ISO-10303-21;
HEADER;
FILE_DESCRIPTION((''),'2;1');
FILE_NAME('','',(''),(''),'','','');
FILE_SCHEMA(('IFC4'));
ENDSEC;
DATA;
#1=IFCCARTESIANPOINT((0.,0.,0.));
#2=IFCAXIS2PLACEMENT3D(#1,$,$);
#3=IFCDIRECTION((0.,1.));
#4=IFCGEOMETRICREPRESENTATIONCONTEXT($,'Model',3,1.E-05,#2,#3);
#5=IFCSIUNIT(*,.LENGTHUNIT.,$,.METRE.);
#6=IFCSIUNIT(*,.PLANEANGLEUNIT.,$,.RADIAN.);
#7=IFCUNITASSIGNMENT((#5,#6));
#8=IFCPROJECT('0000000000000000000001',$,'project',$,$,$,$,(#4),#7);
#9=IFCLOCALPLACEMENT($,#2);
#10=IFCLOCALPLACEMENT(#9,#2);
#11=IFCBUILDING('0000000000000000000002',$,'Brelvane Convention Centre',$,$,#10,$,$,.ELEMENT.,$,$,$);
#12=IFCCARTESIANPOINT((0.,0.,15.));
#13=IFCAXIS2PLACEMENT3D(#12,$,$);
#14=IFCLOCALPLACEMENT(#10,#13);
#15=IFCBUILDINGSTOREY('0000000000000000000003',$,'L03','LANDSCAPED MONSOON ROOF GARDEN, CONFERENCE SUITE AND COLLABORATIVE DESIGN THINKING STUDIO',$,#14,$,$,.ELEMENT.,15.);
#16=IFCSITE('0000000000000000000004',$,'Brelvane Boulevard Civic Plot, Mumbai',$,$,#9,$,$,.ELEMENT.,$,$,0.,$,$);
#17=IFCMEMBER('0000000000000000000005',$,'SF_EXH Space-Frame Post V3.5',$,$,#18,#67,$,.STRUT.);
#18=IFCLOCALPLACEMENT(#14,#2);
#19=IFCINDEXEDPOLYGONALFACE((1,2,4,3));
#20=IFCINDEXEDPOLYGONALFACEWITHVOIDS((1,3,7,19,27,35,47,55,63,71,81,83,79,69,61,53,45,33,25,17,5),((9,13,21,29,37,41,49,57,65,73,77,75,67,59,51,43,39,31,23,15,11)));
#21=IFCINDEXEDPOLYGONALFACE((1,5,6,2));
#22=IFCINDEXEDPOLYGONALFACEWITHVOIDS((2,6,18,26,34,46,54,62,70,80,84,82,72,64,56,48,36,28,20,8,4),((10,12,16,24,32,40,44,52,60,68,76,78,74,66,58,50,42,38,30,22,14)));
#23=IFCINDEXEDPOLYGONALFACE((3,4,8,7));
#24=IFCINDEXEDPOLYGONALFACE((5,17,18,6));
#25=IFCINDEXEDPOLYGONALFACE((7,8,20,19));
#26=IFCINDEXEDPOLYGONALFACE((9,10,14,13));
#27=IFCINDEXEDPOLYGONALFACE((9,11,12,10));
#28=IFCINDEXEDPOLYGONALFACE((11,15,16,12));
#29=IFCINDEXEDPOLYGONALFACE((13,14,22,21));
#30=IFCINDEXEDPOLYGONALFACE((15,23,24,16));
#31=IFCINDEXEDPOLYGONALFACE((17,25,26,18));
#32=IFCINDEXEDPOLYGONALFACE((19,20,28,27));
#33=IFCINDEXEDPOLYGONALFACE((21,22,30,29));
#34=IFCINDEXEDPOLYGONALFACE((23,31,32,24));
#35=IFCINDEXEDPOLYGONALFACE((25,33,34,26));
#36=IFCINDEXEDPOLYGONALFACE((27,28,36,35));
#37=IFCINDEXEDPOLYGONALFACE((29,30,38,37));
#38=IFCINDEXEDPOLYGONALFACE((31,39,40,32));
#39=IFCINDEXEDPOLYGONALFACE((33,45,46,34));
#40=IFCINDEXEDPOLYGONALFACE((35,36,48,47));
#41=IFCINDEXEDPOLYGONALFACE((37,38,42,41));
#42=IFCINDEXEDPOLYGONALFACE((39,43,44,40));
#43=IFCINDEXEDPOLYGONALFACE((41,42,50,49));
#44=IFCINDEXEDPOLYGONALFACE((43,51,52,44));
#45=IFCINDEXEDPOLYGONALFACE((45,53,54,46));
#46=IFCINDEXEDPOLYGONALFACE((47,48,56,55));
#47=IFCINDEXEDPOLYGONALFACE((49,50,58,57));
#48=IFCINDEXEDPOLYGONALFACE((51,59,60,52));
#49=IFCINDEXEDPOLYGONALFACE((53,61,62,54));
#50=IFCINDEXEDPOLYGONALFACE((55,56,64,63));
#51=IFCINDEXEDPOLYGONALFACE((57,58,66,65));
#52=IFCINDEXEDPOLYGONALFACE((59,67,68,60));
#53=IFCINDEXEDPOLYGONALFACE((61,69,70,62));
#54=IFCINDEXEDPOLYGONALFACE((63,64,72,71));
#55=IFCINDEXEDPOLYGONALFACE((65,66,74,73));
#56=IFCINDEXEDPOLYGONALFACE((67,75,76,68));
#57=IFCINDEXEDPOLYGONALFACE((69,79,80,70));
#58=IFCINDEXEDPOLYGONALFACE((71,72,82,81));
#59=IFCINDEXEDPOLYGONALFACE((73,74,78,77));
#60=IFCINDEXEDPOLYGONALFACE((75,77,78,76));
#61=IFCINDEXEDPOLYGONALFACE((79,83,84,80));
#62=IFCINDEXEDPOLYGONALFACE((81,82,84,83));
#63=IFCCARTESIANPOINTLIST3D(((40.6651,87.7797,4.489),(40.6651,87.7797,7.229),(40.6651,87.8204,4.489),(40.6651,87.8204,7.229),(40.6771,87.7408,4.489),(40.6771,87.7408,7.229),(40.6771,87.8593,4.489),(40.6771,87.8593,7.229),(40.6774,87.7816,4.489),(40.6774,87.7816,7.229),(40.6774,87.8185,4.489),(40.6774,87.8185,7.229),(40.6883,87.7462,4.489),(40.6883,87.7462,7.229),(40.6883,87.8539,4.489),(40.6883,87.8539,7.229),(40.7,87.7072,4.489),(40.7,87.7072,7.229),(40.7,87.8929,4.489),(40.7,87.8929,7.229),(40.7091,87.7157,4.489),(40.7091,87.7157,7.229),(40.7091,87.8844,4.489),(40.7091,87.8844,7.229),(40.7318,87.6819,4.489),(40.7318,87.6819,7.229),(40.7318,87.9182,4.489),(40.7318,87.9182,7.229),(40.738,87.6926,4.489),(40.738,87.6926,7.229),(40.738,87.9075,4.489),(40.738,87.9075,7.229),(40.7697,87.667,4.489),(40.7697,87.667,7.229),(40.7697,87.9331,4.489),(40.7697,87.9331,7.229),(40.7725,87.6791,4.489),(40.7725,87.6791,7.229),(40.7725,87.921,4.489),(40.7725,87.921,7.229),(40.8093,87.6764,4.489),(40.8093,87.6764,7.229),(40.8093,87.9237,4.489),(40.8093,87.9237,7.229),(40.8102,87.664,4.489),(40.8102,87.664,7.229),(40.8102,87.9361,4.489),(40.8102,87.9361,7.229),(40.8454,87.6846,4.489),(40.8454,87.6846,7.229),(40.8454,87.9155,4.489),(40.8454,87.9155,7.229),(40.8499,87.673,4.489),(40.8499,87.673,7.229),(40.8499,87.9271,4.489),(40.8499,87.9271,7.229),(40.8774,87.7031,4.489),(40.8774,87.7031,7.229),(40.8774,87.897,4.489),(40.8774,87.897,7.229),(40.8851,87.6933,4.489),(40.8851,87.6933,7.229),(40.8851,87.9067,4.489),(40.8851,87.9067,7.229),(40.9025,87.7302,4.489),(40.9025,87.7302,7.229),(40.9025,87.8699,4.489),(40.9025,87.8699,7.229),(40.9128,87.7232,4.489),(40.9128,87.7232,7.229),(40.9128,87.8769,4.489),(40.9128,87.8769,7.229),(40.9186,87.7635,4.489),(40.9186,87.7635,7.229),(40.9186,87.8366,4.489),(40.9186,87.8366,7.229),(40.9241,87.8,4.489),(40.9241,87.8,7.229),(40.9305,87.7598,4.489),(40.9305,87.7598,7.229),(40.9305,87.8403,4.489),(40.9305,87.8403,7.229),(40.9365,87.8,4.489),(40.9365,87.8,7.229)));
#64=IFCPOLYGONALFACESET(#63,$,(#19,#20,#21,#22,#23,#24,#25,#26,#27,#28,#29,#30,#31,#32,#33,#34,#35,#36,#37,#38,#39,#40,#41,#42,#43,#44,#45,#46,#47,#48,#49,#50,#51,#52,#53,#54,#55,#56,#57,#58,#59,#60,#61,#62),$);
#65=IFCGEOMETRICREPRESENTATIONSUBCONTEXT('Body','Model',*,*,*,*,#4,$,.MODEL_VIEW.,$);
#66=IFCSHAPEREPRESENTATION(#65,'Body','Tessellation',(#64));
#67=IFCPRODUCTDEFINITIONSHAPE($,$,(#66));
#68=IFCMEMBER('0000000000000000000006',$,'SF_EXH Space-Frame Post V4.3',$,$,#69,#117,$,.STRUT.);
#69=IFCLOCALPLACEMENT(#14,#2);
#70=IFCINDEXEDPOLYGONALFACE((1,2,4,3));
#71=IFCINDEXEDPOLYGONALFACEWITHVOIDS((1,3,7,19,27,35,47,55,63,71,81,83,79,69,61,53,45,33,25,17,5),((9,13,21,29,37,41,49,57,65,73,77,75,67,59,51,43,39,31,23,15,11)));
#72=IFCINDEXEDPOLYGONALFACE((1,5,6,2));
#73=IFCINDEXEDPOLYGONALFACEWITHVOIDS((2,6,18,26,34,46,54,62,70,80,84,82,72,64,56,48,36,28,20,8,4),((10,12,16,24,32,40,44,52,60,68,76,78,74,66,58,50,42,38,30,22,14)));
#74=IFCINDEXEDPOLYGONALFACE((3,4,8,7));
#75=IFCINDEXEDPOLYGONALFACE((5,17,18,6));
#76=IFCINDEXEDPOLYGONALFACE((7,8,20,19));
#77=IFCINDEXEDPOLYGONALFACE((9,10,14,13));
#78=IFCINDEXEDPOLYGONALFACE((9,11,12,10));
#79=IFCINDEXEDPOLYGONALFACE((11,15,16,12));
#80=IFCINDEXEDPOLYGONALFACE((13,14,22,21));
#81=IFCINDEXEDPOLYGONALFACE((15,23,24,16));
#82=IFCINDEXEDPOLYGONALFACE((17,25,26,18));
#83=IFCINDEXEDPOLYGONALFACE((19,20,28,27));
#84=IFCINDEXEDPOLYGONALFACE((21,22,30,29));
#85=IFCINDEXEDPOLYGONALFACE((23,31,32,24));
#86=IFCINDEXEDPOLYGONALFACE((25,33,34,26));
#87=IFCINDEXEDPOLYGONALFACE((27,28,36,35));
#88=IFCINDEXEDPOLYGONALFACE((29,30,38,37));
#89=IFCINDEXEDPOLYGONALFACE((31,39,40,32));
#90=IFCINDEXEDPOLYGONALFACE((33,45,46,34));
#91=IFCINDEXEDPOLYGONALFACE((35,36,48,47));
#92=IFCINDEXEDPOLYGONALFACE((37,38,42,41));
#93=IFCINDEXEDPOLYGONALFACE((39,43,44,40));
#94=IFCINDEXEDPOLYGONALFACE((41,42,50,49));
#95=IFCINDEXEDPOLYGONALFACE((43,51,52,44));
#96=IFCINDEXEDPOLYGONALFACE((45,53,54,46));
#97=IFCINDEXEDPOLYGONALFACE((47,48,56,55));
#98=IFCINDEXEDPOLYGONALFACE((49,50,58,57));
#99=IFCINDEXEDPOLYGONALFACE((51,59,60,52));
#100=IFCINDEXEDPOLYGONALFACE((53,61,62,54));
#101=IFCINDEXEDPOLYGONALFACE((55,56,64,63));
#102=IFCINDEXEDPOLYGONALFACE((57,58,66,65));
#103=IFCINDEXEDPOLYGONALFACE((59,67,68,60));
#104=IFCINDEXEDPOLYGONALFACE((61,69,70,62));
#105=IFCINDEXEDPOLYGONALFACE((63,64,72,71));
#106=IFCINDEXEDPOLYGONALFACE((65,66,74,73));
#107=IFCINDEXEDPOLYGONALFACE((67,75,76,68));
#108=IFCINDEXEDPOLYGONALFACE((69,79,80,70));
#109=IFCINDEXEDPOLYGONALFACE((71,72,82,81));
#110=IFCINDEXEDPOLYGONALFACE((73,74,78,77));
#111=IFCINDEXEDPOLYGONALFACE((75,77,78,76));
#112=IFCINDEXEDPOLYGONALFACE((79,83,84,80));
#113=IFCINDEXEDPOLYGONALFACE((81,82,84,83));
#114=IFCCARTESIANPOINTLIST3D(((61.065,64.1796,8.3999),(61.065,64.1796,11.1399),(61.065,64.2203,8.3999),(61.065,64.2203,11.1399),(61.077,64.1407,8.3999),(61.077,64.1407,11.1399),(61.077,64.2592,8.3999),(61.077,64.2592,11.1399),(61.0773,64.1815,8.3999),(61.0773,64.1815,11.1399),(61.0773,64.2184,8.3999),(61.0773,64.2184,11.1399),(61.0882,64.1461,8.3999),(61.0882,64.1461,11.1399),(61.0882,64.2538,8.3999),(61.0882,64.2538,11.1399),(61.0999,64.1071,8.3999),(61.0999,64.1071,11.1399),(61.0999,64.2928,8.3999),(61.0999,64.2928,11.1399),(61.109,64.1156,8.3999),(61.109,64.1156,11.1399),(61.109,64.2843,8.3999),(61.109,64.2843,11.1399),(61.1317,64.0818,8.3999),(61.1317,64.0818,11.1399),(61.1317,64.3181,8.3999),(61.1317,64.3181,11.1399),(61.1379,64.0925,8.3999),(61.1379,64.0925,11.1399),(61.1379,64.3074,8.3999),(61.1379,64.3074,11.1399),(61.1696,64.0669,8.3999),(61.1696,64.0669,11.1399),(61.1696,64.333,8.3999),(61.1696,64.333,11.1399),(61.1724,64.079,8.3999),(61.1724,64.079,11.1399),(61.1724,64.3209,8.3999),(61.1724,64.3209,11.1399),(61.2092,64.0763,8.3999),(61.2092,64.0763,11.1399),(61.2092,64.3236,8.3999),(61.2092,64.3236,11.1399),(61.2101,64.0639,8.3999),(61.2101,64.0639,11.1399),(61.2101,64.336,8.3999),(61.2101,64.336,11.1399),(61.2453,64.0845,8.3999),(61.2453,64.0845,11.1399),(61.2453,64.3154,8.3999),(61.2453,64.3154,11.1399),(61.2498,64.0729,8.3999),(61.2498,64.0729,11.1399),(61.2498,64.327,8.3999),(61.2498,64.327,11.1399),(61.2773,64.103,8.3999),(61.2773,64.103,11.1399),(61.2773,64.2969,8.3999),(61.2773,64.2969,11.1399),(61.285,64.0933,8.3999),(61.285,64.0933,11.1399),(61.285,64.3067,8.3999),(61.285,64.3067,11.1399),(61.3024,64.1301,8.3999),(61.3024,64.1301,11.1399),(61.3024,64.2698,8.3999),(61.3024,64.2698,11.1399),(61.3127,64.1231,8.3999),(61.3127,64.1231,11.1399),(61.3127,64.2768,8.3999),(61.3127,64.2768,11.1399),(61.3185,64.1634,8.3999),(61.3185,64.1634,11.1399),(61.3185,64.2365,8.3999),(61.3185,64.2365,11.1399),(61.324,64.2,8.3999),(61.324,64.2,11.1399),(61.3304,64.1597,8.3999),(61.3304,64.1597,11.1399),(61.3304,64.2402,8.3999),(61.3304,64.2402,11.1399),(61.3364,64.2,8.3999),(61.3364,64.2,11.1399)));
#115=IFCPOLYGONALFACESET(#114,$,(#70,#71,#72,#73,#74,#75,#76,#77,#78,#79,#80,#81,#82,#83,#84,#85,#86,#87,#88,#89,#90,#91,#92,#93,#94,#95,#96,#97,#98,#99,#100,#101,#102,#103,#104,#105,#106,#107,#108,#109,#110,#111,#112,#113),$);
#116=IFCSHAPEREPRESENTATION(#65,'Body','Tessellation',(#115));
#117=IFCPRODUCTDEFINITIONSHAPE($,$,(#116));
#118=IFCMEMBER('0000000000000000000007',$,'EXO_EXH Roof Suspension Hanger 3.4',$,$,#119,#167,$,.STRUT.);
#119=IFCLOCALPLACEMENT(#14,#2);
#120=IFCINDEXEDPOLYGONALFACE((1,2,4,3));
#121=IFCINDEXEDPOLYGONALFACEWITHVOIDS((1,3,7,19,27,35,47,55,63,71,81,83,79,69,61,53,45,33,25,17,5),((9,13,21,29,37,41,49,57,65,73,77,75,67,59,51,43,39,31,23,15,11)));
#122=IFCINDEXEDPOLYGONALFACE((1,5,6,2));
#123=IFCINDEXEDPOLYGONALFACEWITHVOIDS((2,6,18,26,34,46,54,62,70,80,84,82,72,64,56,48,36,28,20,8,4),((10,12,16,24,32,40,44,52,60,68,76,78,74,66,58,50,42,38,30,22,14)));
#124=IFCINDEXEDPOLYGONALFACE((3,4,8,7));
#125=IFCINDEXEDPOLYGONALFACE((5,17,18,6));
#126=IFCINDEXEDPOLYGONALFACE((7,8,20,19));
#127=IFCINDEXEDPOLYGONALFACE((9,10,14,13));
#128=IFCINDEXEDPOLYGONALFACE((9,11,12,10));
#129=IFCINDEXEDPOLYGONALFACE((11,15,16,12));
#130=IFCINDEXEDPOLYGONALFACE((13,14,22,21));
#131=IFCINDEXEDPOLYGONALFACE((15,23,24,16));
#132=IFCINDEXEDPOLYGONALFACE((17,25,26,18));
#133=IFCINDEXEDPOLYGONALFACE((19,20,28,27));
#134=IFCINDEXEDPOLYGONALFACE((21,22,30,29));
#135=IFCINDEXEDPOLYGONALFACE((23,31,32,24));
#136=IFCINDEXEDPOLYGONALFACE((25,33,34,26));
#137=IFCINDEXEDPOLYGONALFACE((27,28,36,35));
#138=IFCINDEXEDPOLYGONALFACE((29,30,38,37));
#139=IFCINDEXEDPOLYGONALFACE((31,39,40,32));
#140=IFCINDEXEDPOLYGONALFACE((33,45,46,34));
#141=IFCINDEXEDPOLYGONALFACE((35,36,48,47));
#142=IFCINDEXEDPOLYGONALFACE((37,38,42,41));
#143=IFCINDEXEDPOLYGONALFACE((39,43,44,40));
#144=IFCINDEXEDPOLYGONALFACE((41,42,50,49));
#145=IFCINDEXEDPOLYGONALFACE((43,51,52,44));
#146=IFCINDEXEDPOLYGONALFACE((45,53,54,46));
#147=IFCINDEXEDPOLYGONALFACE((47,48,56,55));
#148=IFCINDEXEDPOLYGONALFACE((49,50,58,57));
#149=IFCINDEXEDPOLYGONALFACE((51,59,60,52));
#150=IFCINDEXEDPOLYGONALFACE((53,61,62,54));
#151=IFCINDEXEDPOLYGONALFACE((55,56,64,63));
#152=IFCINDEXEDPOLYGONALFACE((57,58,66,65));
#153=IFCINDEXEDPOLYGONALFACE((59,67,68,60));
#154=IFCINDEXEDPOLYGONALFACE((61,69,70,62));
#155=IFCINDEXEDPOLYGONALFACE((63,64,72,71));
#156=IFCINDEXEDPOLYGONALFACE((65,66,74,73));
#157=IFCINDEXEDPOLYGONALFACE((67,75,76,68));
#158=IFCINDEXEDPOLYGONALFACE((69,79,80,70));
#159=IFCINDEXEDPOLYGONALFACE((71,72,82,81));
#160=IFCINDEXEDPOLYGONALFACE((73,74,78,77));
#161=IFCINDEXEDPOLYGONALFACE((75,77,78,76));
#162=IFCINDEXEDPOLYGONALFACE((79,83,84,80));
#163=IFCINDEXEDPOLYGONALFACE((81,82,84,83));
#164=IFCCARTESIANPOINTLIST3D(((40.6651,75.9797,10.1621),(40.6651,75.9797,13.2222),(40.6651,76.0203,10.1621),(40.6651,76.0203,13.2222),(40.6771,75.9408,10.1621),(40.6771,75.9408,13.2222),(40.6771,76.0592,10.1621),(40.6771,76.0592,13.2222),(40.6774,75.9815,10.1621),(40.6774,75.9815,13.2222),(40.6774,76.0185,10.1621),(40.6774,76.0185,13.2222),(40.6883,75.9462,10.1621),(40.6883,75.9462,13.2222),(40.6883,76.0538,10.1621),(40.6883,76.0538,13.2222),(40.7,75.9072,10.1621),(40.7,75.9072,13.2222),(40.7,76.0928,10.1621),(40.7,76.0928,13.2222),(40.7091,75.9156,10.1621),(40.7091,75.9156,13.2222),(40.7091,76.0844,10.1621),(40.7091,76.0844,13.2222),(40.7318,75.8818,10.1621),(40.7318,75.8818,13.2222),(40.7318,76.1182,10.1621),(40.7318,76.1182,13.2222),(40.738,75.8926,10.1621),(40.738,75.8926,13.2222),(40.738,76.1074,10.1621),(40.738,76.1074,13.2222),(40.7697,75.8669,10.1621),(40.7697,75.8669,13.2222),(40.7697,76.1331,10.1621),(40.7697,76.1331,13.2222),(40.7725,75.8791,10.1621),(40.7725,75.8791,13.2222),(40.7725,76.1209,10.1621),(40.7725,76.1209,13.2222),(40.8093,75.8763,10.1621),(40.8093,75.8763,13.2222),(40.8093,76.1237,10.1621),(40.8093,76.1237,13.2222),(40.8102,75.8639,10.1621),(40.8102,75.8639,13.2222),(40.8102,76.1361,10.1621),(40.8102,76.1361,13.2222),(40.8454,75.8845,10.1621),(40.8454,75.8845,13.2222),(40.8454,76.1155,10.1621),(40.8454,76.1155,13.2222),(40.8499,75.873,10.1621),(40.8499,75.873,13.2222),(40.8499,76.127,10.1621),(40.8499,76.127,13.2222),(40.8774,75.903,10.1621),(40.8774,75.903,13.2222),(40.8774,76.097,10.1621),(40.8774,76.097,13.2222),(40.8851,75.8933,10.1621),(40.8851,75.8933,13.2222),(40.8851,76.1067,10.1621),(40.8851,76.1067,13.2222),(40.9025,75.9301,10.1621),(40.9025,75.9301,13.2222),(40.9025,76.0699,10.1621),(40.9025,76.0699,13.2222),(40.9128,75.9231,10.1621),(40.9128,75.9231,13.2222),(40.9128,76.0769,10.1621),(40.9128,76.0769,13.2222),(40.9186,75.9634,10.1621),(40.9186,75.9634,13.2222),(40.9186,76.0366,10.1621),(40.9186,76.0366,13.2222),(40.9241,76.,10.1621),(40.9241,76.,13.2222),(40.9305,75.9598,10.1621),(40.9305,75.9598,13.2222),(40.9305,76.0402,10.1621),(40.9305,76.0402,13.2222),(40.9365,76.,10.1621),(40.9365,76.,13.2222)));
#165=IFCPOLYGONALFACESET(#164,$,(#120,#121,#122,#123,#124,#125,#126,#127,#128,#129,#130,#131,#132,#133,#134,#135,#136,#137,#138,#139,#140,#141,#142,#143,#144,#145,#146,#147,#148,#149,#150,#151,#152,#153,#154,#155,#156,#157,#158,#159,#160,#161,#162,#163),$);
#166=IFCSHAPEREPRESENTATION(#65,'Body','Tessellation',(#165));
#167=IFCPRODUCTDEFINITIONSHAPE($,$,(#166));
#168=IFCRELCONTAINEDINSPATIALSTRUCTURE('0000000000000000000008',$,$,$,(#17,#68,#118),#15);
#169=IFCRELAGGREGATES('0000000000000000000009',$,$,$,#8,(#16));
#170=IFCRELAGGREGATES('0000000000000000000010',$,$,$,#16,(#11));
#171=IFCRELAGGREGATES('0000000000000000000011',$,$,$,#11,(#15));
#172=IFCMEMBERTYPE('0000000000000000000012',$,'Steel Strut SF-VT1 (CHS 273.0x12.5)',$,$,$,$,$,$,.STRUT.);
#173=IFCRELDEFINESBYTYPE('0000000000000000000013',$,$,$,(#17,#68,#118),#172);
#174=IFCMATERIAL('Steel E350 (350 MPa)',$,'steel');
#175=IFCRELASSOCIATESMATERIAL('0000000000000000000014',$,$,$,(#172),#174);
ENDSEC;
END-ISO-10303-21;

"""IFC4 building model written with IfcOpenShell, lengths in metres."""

from ifc_helpers import new_model, si_unit, direction, frame, origin, origin_2d, place, context, subcontext, project, spatial, hollow_circle, extrude, material, material_profile, profile_set, type_object, element, save


model = new_model("IFC4")

# Units and contexts
model_context = context("Model", 3, precision=1e-05, world=origin(), true_north=direction((0.0, 1.0)))
body_context = subcontext(model_context, "Body", "Model", "MODEL_VIEW")
ifc_project = project(units=[si_unit("LENGTHUNIT", "METRE"), si_unit("PLANEANGLEUNIT", "RADIAN")], contexts=[model_context])

# Site, building, storey
site_placement = place(None, origin())
site = spatial("IfcSite", under=ifc_project, at=site_placement, Name="Brelvane Boulevard Civic Plot, Mumbai", CompositionType="ELEMENT", RefElevation=0.0)
building_placement = place(site_placement, origin())
building = spatial("IfcBuilding", under=site, at=building_placement, Name="Brelvane Convention Centre", CompositionType="ELEMENT")
storey_placement = place(building_placement, frame((0.0, 0.0, 15.0)))
storey = spatial("IfcBuildingStorey", under=building, at=storey_placement, Name="L03", Description="LANDSCAPED MONSOON ROOF GARDEN, CONFERENCE SUITE AND COLLABORATIVE DESIGN THINKING STUDIO", CompositionType="ELEMENT", Elevation=15.0)

# Members
ifc_material_1 = material(Name="Steel E350 (350 MPa)", Category="steel")
ifc_material_profile_1 = material_profile(ifc_material_1, hollow_circle(Radius=0.1365, WallThickness=0.0125, at=origin_2d()), Name="CHS 273.0x12.5")
ifc_profile_set_1 = profile_set([ifc_material_profile_1], Name="Steel E350 (350 MPa)")
member_type_1 = type_object("IfcMemberType", Name="Steel Strut SF-VT1 (CHS 273.0x12.5)", PredefinedType="STRUT", material=ifc_profile_set_1)
for number, where, z_axis, x_axis, name in (
    (1, (40.8, 87.8, 4.489), (0.0, 0.0, 1.0), (1.0, 0.0, 0.0), "SF_EXH Space-Frame Post V3.5"),
    (2, (61.2, 64.2, 8.3999), (0.0, 0.0, 1.0), (1.0, 0.0, 0.0), "SF_EXH Space-Frame Post V4.3"),
):
    element("IfcMember", number, at=place(storey_placement, frame(where, z_axis=z_axis, x_axis=x_axis)), inside=storey, type_object=member_type_1, Name=name, PredefinedType="STRUT", context=body_context, shape_type="SweptSolid", body=[
        extrude(hollow_circle(Radius=0.1365, WallThickness=0.0125, at=origin_2d()), origin(), (0.0, 0.0, 1.0), 2.74),
    ])
member_1_placement = place(storey_placement, frame((40.8, 76.0, 10.1621), z_axis=(0.0, 0.0, 1.0), x_axis=(1.0, 0.0, 0.0)))
element("IfcMember", 3, at=member_1_placement, inside=storey, type_object=member_type_1, Name="EXO_EXH Roof Suspension Hanger 3.4", PredefinedType="STRUT", context=body_context, shape_type="SweptSolid", body=[
    extrude(hollow_circle(Radius=0.1365, WallThickness=0.0125, at=origin_2d()), origin(), (0.0, 0.0, 1.0), 3.0601),
])

save(model, "model.ifc")
